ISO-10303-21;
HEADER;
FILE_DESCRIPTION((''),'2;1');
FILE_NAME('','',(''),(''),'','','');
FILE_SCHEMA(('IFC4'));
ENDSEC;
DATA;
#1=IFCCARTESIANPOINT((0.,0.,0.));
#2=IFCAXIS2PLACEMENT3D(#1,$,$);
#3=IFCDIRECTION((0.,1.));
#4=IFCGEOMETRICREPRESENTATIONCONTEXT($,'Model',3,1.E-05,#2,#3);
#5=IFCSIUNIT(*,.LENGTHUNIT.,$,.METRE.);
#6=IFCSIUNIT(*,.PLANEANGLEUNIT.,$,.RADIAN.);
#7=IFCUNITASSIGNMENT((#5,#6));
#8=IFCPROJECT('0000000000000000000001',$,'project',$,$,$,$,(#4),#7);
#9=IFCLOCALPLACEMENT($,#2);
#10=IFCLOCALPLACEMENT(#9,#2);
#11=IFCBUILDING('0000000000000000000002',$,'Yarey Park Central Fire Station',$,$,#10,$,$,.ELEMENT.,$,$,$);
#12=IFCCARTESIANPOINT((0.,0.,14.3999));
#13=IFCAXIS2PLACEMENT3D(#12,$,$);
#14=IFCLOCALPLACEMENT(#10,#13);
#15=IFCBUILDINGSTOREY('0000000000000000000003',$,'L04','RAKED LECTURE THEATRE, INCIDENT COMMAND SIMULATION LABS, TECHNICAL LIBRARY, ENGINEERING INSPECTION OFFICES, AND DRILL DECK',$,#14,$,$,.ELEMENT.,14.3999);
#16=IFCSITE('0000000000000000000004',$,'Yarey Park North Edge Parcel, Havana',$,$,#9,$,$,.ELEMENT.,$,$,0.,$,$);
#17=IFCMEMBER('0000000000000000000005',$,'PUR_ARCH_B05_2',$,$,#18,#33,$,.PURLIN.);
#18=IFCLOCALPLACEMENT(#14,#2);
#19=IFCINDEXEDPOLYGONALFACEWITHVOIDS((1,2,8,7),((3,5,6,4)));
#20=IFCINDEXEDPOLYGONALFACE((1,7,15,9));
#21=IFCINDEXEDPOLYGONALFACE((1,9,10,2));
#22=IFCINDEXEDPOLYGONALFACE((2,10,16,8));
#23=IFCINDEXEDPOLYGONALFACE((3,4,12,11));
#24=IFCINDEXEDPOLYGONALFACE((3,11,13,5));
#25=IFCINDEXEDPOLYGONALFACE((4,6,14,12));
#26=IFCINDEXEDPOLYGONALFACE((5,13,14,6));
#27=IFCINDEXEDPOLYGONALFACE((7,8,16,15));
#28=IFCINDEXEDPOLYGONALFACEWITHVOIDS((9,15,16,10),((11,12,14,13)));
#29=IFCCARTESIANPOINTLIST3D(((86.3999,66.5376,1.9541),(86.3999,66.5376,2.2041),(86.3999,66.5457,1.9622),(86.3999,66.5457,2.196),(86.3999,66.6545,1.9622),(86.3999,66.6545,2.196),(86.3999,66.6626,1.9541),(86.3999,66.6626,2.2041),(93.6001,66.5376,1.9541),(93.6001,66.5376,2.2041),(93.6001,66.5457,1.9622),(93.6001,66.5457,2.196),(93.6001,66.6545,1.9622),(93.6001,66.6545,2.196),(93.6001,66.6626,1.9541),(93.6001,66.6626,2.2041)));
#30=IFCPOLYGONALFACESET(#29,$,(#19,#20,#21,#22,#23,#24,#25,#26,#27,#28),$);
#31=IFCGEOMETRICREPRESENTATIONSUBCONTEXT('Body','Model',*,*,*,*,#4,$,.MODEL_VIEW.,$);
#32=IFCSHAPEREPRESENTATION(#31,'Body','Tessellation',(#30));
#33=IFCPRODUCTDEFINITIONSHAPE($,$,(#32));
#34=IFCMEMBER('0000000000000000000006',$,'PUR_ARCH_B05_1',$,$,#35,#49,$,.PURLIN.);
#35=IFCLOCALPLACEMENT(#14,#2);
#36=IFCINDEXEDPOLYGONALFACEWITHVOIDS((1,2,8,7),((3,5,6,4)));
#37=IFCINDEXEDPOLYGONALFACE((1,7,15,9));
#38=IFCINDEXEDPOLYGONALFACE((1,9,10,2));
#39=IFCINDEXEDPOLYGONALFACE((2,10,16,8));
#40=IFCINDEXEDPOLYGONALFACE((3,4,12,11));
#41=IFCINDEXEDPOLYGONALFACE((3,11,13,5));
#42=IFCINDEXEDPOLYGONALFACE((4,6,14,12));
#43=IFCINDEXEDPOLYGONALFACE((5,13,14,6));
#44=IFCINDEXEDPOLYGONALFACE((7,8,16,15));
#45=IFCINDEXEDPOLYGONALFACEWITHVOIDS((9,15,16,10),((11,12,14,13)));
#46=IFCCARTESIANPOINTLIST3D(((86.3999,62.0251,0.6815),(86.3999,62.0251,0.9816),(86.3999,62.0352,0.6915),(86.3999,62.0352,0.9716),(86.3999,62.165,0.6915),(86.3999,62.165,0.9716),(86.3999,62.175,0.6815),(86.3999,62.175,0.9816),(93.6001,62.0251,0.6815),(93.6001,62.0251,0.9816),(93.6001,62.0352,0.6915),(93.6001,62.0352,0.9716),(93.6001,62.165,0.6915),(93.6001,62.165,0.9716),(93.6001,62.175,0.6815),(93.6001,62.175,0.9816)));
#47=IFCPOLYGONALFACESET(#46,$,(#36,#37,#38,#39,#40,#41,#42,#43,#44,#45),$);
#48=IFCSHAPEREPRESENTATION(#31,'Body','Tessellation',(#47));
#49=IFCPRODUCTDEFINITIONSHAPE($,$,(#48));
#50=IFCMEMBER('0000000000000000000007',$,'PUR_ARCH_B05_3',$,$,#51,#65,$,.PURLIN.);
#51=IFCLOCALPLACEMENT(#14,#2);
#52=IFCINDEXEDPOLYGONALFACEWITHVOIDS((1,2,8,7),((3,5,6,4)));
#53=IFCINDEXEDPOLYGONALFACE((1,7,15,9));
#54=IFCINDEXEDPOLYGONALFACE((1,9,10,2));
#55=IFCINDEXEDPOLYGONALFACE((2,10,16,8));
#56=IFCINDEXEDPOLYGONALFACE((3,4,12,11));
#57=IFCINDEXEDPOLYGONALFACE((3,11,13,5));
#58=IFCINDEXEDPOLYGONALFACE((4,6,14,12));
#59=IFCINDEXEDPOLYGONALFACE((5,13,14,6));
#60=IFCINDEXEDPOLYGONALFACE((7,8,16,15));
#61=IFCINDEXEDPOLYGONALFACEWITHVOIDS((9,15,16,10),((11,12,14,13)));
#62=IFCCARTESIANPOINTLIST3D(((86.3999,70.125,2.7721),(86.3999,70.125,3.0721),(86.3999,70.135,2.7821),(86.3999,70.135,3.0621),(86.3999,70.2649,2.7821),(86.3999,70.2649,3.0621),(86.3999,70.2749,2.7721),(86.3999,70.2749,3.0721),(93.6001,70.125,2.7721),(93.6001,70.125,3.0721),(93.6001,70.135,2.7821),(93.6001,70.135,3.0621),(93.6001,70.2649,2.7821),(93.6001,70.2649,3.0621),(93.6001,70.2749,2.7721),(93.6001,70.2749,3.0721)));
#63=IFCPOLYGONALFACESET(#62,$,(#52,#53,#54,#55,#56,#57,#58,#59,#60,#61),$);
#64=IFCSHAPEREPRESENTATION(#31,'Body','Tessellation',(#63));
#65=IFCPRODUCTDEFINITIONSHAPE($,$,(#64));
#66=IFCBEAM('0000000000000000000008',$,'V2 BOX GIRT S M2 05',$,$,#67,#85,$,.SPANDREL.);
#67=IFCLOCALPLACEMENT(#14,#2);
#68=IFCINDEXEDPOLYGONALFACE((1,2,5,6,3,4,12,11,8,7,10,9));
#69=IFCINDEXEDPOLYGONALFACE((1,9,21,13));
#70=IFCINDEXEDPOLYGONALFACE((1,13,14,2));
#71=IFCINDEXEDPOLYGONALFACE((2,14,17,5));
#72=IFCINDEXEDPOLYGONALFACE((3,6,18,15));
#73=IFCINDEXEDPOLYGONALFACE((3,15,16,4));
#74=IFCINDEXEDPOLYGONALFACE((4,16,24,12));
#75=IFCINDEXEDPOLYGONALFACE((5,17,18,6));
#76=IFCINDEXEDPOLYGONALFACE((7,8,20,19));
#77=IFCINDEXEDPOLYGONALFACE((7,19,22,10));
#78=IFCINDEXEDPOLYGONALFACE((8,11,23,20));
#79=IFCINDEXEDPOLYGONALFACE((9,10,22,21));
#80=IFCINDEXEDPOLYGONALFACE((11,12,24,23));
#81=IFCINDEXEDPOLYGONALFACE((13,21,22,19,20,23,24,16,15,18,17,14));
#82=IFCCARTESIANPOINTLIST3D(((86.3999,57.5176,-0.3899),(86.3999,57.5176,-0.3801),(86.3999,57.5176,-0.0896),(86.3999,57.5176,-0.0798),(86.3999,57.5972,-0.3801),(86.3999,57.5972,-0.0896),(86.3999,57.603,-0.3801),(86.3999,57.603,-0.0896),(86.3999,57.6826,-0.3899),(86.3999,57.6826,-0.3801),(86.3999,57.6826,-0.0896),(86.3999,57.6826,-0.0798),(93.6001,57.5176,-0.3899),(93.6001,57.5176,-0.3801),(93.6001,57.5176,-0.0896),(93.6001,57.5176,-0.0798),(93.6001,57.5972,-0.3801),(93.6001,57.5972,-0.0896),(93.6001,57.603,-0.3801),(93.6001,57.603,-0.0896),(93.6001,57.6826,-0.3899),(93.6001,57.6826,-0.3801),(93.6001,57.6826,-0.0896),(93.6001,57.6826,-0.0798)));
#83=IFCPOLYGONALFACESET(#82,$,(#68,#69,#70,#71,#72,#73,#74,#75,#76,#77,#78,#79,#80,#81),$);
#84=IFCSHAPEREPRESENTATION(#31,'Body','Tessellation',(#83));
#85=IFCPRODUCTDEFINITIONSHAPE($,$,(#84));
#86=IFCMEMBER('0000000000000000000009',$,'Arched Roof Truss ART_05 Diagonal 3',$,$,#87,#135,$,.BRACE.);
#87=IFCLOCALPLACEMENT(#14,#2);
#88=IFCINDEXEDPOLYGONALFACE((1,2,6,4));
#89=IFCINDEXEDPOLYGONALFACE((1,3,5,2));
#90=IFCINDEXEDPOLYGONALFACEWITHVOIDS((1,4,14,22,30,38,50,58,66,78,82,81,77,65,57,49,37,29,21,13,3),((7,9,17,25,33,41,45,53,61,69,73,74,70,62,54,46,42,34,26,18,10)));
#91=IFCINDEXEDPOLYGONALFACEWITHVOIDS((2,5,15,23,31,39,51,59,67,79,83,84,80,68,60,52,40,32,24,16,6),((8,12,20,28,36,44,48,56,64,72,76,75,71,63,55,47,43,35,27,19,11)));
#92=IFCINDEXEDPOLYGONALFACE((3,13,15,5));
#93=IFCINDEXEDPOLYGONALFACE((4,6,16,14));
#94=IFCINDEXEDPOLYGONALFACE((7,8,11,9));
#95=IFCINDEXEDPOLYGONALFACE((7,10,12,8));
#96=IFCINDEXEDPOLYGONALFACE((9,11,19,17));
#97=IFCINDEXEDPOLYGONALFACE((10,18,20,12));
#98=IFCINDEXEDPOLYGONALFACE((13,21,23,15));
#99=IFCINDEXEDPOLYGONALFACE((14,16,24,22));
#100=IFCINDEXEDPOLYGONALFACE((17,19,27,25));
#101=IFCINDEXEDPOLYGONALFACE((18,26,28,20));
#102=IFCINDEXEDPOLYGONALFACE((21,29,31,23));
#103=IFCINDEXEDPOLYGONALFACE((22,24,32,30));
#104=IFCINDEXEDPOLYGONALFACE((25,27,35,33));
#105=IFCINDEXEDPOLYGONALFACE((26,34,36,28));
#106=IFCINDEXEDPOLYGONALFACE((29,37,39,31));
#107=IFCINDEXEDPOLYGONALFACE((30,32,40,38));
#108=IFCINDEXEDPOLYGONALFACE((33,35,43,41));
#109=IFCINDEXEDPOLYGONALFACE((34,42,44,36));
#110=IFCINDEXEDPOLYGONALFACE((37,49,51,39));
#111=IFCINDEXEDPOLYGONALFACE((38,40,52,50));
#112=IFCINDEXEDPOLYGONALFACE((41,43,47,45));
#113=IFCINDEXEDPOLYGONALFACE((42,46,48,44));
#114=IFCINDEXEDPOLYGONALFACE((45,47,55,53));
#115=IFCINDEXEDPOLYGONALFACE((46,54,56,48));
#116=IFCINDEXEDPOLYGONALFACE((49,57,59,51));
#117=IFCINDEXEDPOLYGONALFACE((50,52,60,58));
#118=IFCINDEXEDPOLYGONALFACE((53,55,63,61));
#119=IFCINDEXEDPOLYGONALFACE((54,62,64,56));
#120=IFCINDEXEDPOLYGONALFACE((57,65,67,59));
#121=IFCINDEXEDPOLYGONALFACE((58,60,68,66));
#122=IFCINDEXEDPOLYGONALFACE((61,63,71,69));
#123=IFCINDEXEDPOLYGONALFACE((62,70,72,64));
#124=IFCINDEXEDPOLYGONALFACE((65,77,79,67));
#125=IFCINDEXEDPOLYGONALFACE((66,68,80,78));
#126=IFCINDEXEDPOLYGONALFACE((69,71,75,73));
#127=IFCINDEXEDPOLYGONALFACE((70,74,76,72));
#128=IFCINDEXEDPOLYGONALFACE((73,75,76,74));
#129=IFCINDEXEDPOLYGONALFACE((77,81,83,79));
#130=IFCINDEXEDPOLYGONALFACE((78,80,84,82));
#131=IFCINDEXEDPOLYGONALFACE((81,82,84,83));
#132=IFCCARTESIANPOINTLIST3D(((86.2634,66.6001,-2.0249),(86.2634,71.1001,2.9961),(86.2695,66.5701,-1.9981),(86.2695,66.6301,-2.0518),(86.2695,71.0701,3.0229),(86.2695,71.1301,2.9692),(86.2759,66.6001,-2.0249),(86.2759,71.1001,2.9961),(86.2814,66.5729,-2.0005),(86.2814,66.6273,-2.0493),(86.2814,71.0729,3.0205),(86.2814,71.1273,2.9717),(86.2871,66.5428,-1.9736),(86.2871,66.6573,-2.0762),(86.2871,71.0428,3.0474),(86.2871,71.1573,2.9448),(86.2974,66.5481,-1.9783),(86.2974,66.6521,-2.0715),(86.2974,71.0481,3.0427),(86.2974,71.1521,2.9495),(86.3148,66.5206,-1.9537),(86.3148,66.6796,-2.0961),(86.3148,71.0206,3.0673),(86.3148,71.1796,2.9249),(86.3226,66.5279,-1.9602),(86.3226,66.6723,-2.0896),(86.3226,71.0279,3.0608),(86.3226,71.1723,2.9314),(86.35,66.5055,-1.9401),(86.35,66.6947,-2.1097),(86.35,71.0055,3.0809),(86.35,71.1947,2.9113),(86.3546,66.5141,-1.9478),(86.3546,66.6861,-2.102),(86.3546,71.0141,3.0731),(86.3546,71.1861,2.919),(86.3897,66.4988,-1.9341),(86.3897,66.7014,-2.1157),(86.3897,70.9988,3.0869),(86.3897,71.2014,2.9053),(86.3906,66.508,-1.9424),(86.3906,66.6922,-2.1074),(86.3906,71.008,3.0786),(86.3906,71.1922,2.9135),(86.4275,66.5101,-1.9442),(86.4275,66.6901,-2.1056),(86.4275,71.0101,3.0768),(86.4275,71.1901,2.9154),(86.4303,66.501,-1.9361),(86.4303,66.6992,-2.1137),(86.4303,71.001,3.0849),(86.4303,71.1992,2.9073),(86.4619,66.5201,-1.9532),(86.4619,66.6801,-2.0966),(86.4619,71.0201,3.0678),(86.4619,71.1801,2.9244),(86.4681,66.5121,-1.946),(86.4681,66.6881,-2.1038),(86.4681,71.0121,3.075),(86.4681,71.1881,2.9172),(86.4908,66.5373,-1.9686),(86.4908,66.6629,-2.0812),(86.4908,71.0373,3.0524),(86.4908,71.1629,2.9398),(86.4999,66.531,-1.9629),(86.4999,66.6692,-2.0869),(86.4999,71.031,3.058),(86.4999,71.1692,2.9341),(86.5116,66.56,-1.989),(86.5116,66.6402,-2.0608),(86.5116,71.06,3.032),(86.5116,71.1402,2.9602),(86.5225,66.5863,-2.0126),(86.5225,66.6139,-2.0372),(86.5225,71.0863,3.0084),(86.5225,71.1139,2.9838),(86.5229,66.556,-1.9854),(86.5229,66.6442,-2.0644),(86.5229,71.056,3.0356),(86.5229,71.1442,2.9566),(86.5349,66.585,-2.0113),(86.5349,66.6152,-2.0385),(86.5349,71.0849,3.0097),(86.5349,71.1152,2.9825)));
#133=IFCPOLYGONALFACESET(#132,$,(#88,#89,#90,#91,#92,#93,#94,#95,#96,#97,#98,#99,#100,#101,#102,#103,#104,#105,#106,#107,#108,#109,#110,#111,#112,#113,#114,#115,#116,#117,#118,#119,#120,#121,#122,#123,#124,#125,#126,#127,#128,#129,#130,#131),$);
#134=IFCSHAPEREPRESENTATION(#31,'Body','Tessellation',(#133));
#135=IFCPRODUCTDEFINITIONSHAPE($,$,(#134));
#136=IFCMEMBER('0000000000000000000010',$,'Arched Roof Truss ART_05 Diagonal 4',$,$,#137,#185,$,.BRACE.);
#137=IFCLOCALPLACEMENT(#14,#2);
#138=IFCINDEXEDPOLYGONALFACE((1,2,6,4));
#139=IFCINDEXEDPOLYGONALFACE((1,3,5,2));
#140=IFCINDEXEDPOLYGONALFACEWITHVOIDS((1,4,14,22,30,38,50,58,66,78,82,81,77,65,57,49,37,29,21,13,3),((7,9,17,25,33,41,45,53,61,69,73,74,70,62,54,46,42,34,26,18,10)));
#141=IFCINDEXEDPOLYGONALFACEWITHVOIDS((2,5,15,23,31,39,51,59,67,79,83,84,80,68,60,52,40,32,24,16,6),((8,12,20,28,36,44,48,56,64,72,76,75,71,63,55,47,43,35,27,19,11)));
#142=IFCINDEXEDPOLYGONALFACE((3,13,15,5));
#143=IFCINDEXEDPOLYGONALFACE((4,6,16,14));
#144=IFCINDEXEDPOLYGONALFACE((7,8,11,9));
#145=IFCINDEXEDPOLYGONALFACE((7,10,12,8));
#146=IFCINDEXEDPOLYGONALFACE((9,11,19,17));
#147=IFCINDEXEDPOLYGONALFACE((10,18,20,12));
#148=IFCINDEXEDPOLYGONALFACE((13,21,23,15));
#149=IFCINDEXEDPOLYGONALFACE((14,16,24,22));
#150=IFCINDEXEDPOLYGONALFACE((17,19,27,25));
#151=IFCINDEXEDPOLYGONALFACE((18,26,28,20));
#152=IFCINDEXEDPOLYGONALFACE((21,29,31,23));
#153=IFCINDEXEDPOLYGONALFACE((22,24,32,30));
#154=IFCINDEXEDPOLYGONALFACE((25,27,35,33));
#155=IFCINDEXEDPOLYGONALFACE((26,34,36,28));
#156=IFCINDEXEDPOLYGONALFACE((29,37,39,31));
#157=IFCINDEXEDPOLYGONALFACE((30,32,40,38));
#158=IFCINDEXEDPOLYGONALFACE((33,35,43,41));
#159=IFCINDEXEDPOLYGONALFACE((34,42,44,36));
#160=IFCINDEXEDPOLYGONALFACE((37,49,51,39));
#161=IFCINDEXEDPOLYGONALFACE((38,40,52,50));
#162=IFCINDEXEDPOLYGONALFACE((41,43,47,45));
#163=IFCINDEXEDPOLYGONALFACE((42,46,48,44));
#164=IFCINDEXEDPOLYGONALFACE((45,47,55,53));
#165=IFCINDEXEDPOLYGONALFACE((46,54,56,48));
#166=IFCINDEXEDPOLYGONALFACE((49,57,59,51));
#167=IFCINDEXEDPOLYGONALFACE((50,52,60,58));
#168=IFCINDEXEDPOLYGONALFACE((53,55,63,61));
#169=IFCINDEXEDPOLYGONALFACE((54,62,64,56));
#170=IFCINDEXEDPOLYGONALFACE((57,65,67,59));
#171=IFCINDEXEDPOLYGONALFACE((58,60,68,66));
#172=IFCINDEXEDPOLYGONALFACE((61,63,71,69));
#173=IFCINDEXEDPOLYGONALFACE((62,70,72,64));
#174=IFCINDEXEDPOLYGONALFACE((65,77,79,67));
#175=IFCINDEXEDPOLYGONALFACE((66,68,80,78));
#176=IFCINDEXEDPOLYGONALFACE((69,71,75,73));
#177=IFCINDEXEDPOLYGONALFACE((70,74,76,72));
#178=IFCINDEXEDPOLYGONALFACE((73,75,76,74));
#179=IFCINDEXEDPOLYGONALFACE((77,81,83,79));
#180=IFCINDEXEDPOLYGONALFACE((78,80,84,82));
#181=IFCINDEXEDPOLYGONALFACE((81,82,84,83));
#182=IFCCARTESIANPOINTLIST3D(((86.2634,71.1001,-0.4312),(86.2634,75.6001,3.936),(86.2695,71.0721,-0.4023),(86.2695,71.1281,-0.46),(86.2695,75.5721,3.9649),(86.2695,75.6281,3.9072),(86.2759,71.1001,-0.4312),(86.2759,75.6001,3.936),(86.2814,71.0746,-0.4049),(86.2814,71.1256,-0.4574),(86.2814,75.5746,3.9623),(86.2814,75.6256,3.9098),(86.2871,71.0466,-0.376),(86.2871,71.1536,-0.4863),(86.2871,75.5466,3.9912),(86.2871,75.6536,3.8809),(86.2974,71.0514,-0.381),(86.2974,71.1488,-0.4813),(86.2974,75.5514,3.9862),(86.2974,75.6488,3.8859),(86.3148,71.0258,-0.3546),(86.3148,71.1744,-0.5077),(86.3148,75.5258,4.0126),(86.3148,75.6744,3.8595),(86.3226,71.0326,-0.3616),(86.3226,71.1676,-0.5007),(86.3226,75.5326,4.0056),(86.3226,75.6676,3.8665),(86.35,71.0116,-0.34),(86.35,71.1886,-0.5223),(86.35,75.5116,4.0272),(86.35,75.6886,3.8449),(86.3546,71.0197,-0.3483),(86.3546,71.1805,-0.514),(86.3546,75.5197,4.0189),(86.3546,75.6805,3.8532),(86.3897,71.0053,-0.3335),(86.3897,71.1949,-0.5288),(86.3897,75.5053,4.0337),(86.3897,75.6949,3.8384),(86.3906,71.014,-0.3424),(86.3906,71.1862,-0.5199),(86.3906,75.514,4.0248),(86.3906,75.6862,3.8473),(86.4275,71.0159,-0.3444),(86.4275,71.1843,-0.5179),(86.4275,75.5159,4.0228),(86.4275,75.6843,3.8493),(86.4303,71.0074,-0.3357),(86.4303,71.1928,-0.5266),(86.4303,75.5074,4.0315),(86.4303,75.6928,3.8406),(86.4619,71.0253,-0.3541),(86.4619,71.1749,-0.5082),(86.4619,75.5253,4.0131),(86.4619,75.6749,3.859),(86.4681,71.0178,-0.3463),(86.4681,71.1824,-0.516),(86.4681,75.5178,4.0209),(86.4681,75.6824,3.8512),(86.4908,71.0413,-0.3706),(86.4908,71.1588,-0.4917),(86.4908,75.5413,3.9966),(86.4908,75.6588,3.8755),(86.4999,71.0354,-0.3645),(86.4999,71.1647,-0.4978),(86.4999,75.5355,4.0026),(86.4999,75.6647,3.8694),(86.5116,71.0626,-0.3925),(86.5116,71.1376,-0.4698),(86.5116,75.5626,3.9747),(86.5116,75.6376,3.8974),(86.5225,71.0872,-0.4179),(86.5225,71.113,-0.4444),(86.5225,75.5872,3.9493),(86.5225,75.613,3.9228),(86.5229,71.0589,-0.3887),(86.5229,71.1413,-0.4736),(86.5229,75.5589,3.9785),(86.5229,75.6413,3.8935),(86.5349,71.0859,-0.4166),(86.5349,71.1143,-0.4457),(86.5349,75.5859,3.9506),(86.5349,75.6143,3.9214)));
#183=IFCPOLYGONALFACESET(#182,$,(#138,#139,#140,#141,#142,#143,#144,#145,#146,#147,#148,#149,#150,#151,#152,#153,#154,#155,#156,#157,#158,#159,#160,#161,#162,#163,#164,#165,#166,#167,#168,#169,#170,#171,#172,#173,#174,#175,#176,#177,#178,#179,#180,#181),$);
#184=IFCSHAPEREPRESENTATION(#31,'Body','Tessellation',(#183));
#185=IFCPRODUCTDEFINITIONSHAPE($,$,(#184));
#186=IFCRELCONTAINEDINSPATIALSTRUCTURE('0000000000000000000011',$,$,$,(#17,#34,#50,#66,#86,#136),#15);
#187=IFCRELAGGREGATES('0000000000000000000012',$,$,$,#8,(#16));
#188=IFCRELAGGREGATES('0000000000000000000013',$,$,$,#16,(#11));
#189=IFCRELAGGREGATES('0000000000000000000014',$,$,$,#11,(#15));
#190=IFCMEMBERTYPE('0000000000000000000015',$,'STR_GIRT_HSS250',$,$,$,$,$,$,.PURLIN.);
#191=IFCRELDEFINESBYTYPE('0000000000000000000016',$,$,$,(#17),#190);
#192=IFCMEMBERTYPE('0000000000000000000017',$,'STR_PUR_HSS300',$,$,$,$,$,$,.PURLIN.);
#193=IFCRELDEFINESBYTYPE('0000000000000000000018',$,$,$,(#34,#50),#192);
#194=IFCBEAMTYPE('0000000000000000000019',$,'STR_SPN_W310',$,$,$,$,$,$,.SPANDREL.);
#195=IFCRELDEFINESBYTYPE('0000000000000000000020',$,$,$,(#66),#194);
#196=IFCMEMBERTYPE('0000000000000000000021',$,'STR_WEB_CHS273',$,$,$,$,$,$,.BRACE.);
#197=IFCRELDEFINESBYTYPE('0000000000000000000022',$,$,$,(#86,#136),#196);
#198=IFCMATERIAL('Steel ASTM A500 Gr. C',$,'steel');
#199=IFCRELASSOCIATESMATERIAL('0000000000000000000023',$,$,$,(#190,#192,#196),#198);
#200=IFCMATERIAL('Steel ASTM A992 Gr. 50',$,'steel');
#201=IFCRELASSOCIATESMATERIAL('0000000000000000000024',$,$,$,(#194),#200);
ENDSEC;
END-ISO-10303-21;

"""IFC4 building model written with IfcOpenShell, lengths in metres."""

from ifc_helpers import new_model, si_unit, direction, frame, origin, origin_2d, place, context, subcontext, project, spatial, hollow_rectangle, hollow_circle, i_section, extrude, material, material_profile, profile_set, type_object, element, save


model = new_model("IFC4")

# Units and contexts
model_context = context("Model", 3, precision=1e-05, world=origin(), true_north=direction((0.0, 1.0)))
body_context = subcontext(model_context, "Body", "Model", "MODEL_VIEW")
ifc_project = project(units=[si_unit("LENGTHUNIT", "METRE"), si_unit("PLANEANGLEUNIT", "RADIAN")], contexts=[model_context])

# Site, building, storey
site_placement = place(None, origin())
site = spatial("IfcSite", under=ifc_project, at=site_placement, Name="Yarey Park North Edge Parcel, Havana", CompositionType="ELEMENT", RefElevation=0.0)
building_placement = place(site_placement, origin())
building = spatial("IfcBuilding", under=site, at=building_placement, Name="Yarey Park Central Fire Station", CompositionType="ELEMENT")
storey_placement = place(building_placement, frame((0.0, 0.0, 14.3999)))
storey = spatial("IfcBuildingStorey", under=building, at=storey_placement, Name="L04", Description="RAKED LECTURE THEATRE, INCIDENT COMMAND SIMULATION LABS, TECHNICAL LIBRARY, ENGINEERING INSPECTION OFFICES, AND DRILL DECK", CompositionType="ELEMENT", Elevation=14.3999)

# Shared definitions
ifc_material_1 = material(Name="Steel ASTM A992 Gr. 50", Category="steel")

# Members
ifc_material_2 = material(Name="Steel ASTM A500 Gr. C", Category="steel")
ifc_material_profile_1 = material_profile(ifc_material_2, hollow_rectangle(XDim=0.125, YDim=0.25, WallThickness=0.0081, at=origin_2d()), Name="HSS 250x125x8")
ifc_profile_set_1 = profile_set([ifc_material_profile_1], Name="Steel ASTM A500 Gr. C")
member_type_1 = type_object("IfcMemberType", Name="STR_GIRT_HSS250", PredefinedType="PURLIN", material=ifc_profile_set_1)
member_1_placement = place(storey_placement, frame((86.3999, 66.6001, 2.0791), z_axis=(1.0, 0.0, 0.0), x_axis=(0.0, 1.0, 0.0)))
element("IfcMember", 1, at=member_1_placement, inside=storey, type_object=member_type_1, Name="PUR_ARCH_B05_2", PredefinedType="PURLIN", context=body_context, shape_type="SweptSolid", body=[
    extrude(hollow_rectangle(XDim=0.125, YDim=0.25, WallThickness=0.0081, at=origin_2d()), origin(), (0.0, 0.0, 1.0), 7.2002),
])
ifc_material_profile_2 = material_profile(ifc_material_2, hollow_rectangle(XDim=0.1499, YDim=0.3, WallThickness=0.01, at=origin_2d()), Name="HSS 300x150x10")
ifc_profile_set_2 = profile_set([ifc_material_profile_2], Name="Steel ASTM A500 Gr. C")
member_type_2 = type_object("IfcMemberType", Name="STR_PUR_HSS300", PredefinedType="PURLIN", material=ifc_profile_set_2)
for number, where, z_axis, x_axis, name in (
    (2, (86.3999, 62.1001, 0.8315), (1.0, 0.0, 0.0), (0.0, 1.0, 0.0), "PUR_ARCH_B05_1"),
    (3, (86.3999, 70.2, 2.9221), (1.0, 0.0, 0.0), (0.0, 1.0, 0.0), "PUR_ARCH_B05_3"),
):
    element("IfcMember", number, at=place(storey_placement, frame(where, z_axis=z_axis, x_axis=x_axis)), inside=storey, type_object=member_type_2, Name=name, PredefinedType="PURLIN", context=body_context, shape_type="SweptSolid", body=[
        extrude(hollow_rectangle(XDim=0.1499, YDim=0.3, WallThickness=0.01, at=origin_2d()), origin(), (0.0, 0.0, 1.0), 7.2002),
    ])

# Beam
ifc_material_profile_3 = material_profile(ifc_material_1, i_section(OverallWidth=0.165, OverallDepth=0.3101, WebThickness=0.0059, FlangeThickness=0.0098, at=origin_2d()), Name="W310x39")
ifc_profile_set_3 = profile_set([ifc_material_profile_3], Name="Steel ASTM A992 Gr. 50")
beam_type = type_object("IfcBeamType", Name="STR_SPN_W310", PredefinedType="SPANDREL", material=ifc_profile_set_3)
beam_placement = place(storey_placement, frame((86.3999, 57.6001, -0.2349), z_axis=(1.0, 0.0, 0.0), x_axis=(0.0, 1.0, 0.0)))
element("IfcBeam", 4, at=beam_placement, inside=storey, type_object=beam_type, Name="V2 BOX GIRT S M2 05", PredefinedType="SPANDREL", context=body_context, shape_type="SweptSolid", body=[
    extrude(i_section(OverallWidth=0.165, OverallDepth=0.3101, WebThickness=0.0059, FlangeThickness=0.0098, at=origin_2d()), origin(), (0.0, 0.0, 1.0), 7.2002),
])

# Members
ifc_material_profile_4 = material_profile(ifc_material_2, hollow_circle(Radius=0.1365, WallThickness=0.0125, at=origin_2d()), Name="CHS 273x12.5")
ifc_profile_set_4 = profile_set([ifc_material_profile_4], Name="Steel ASTM A500 Gr. C")
member_type_3 = type_object("IfcMemberType", Name="STR_WEB_CHS273", PredefinedType="BRACE", material=ifc_profile_set_4)
member_2_placement = place(storey_placement, frame((86.3999, 66.6001, -2.0249), z_axis=(0.0, 0.667415, 0.744686), x_axis=(-1.0, 0.0, 0.0)))
element("IfcMember", 5, at=member_2_placement, inside=storey, type_object=member_type_3, Name="Arched Roof Truss ART_05 Diagonal 3", PredefinedType="BRACE", context=body_context, shape_type="SweptSolid", body=[
    extrude(hollow_circle(Radius=0.1365, WallThickness=0.0125, at=origin_2d()), origin(), (0.0, 0.0, 1.0), 6.7424),
])
member_3_placement = place(storey_placement, frame((86.3999, 71.1001, -0.4312), z_axis=(0.0, 0.717617, 0.696438), x_axis=(-1.0, 0.0, 0.0)))
element("IfcMember", 6, at=member_3_placement, inside=storey, type_object=member_type_3, Name="Arched Roof Truss ART_05 Diagonal 4", PredefinedType="BRACE", context=body_context, shape_type="SweptSolid", body=[
    extrude(hollow_circle(Radius=0.1365, WallThickness=0.0125, at=origin_2d()), origin(), (0.0, 0.0, 1.0), 6.2708),
])

save(model, "model.ifc")
